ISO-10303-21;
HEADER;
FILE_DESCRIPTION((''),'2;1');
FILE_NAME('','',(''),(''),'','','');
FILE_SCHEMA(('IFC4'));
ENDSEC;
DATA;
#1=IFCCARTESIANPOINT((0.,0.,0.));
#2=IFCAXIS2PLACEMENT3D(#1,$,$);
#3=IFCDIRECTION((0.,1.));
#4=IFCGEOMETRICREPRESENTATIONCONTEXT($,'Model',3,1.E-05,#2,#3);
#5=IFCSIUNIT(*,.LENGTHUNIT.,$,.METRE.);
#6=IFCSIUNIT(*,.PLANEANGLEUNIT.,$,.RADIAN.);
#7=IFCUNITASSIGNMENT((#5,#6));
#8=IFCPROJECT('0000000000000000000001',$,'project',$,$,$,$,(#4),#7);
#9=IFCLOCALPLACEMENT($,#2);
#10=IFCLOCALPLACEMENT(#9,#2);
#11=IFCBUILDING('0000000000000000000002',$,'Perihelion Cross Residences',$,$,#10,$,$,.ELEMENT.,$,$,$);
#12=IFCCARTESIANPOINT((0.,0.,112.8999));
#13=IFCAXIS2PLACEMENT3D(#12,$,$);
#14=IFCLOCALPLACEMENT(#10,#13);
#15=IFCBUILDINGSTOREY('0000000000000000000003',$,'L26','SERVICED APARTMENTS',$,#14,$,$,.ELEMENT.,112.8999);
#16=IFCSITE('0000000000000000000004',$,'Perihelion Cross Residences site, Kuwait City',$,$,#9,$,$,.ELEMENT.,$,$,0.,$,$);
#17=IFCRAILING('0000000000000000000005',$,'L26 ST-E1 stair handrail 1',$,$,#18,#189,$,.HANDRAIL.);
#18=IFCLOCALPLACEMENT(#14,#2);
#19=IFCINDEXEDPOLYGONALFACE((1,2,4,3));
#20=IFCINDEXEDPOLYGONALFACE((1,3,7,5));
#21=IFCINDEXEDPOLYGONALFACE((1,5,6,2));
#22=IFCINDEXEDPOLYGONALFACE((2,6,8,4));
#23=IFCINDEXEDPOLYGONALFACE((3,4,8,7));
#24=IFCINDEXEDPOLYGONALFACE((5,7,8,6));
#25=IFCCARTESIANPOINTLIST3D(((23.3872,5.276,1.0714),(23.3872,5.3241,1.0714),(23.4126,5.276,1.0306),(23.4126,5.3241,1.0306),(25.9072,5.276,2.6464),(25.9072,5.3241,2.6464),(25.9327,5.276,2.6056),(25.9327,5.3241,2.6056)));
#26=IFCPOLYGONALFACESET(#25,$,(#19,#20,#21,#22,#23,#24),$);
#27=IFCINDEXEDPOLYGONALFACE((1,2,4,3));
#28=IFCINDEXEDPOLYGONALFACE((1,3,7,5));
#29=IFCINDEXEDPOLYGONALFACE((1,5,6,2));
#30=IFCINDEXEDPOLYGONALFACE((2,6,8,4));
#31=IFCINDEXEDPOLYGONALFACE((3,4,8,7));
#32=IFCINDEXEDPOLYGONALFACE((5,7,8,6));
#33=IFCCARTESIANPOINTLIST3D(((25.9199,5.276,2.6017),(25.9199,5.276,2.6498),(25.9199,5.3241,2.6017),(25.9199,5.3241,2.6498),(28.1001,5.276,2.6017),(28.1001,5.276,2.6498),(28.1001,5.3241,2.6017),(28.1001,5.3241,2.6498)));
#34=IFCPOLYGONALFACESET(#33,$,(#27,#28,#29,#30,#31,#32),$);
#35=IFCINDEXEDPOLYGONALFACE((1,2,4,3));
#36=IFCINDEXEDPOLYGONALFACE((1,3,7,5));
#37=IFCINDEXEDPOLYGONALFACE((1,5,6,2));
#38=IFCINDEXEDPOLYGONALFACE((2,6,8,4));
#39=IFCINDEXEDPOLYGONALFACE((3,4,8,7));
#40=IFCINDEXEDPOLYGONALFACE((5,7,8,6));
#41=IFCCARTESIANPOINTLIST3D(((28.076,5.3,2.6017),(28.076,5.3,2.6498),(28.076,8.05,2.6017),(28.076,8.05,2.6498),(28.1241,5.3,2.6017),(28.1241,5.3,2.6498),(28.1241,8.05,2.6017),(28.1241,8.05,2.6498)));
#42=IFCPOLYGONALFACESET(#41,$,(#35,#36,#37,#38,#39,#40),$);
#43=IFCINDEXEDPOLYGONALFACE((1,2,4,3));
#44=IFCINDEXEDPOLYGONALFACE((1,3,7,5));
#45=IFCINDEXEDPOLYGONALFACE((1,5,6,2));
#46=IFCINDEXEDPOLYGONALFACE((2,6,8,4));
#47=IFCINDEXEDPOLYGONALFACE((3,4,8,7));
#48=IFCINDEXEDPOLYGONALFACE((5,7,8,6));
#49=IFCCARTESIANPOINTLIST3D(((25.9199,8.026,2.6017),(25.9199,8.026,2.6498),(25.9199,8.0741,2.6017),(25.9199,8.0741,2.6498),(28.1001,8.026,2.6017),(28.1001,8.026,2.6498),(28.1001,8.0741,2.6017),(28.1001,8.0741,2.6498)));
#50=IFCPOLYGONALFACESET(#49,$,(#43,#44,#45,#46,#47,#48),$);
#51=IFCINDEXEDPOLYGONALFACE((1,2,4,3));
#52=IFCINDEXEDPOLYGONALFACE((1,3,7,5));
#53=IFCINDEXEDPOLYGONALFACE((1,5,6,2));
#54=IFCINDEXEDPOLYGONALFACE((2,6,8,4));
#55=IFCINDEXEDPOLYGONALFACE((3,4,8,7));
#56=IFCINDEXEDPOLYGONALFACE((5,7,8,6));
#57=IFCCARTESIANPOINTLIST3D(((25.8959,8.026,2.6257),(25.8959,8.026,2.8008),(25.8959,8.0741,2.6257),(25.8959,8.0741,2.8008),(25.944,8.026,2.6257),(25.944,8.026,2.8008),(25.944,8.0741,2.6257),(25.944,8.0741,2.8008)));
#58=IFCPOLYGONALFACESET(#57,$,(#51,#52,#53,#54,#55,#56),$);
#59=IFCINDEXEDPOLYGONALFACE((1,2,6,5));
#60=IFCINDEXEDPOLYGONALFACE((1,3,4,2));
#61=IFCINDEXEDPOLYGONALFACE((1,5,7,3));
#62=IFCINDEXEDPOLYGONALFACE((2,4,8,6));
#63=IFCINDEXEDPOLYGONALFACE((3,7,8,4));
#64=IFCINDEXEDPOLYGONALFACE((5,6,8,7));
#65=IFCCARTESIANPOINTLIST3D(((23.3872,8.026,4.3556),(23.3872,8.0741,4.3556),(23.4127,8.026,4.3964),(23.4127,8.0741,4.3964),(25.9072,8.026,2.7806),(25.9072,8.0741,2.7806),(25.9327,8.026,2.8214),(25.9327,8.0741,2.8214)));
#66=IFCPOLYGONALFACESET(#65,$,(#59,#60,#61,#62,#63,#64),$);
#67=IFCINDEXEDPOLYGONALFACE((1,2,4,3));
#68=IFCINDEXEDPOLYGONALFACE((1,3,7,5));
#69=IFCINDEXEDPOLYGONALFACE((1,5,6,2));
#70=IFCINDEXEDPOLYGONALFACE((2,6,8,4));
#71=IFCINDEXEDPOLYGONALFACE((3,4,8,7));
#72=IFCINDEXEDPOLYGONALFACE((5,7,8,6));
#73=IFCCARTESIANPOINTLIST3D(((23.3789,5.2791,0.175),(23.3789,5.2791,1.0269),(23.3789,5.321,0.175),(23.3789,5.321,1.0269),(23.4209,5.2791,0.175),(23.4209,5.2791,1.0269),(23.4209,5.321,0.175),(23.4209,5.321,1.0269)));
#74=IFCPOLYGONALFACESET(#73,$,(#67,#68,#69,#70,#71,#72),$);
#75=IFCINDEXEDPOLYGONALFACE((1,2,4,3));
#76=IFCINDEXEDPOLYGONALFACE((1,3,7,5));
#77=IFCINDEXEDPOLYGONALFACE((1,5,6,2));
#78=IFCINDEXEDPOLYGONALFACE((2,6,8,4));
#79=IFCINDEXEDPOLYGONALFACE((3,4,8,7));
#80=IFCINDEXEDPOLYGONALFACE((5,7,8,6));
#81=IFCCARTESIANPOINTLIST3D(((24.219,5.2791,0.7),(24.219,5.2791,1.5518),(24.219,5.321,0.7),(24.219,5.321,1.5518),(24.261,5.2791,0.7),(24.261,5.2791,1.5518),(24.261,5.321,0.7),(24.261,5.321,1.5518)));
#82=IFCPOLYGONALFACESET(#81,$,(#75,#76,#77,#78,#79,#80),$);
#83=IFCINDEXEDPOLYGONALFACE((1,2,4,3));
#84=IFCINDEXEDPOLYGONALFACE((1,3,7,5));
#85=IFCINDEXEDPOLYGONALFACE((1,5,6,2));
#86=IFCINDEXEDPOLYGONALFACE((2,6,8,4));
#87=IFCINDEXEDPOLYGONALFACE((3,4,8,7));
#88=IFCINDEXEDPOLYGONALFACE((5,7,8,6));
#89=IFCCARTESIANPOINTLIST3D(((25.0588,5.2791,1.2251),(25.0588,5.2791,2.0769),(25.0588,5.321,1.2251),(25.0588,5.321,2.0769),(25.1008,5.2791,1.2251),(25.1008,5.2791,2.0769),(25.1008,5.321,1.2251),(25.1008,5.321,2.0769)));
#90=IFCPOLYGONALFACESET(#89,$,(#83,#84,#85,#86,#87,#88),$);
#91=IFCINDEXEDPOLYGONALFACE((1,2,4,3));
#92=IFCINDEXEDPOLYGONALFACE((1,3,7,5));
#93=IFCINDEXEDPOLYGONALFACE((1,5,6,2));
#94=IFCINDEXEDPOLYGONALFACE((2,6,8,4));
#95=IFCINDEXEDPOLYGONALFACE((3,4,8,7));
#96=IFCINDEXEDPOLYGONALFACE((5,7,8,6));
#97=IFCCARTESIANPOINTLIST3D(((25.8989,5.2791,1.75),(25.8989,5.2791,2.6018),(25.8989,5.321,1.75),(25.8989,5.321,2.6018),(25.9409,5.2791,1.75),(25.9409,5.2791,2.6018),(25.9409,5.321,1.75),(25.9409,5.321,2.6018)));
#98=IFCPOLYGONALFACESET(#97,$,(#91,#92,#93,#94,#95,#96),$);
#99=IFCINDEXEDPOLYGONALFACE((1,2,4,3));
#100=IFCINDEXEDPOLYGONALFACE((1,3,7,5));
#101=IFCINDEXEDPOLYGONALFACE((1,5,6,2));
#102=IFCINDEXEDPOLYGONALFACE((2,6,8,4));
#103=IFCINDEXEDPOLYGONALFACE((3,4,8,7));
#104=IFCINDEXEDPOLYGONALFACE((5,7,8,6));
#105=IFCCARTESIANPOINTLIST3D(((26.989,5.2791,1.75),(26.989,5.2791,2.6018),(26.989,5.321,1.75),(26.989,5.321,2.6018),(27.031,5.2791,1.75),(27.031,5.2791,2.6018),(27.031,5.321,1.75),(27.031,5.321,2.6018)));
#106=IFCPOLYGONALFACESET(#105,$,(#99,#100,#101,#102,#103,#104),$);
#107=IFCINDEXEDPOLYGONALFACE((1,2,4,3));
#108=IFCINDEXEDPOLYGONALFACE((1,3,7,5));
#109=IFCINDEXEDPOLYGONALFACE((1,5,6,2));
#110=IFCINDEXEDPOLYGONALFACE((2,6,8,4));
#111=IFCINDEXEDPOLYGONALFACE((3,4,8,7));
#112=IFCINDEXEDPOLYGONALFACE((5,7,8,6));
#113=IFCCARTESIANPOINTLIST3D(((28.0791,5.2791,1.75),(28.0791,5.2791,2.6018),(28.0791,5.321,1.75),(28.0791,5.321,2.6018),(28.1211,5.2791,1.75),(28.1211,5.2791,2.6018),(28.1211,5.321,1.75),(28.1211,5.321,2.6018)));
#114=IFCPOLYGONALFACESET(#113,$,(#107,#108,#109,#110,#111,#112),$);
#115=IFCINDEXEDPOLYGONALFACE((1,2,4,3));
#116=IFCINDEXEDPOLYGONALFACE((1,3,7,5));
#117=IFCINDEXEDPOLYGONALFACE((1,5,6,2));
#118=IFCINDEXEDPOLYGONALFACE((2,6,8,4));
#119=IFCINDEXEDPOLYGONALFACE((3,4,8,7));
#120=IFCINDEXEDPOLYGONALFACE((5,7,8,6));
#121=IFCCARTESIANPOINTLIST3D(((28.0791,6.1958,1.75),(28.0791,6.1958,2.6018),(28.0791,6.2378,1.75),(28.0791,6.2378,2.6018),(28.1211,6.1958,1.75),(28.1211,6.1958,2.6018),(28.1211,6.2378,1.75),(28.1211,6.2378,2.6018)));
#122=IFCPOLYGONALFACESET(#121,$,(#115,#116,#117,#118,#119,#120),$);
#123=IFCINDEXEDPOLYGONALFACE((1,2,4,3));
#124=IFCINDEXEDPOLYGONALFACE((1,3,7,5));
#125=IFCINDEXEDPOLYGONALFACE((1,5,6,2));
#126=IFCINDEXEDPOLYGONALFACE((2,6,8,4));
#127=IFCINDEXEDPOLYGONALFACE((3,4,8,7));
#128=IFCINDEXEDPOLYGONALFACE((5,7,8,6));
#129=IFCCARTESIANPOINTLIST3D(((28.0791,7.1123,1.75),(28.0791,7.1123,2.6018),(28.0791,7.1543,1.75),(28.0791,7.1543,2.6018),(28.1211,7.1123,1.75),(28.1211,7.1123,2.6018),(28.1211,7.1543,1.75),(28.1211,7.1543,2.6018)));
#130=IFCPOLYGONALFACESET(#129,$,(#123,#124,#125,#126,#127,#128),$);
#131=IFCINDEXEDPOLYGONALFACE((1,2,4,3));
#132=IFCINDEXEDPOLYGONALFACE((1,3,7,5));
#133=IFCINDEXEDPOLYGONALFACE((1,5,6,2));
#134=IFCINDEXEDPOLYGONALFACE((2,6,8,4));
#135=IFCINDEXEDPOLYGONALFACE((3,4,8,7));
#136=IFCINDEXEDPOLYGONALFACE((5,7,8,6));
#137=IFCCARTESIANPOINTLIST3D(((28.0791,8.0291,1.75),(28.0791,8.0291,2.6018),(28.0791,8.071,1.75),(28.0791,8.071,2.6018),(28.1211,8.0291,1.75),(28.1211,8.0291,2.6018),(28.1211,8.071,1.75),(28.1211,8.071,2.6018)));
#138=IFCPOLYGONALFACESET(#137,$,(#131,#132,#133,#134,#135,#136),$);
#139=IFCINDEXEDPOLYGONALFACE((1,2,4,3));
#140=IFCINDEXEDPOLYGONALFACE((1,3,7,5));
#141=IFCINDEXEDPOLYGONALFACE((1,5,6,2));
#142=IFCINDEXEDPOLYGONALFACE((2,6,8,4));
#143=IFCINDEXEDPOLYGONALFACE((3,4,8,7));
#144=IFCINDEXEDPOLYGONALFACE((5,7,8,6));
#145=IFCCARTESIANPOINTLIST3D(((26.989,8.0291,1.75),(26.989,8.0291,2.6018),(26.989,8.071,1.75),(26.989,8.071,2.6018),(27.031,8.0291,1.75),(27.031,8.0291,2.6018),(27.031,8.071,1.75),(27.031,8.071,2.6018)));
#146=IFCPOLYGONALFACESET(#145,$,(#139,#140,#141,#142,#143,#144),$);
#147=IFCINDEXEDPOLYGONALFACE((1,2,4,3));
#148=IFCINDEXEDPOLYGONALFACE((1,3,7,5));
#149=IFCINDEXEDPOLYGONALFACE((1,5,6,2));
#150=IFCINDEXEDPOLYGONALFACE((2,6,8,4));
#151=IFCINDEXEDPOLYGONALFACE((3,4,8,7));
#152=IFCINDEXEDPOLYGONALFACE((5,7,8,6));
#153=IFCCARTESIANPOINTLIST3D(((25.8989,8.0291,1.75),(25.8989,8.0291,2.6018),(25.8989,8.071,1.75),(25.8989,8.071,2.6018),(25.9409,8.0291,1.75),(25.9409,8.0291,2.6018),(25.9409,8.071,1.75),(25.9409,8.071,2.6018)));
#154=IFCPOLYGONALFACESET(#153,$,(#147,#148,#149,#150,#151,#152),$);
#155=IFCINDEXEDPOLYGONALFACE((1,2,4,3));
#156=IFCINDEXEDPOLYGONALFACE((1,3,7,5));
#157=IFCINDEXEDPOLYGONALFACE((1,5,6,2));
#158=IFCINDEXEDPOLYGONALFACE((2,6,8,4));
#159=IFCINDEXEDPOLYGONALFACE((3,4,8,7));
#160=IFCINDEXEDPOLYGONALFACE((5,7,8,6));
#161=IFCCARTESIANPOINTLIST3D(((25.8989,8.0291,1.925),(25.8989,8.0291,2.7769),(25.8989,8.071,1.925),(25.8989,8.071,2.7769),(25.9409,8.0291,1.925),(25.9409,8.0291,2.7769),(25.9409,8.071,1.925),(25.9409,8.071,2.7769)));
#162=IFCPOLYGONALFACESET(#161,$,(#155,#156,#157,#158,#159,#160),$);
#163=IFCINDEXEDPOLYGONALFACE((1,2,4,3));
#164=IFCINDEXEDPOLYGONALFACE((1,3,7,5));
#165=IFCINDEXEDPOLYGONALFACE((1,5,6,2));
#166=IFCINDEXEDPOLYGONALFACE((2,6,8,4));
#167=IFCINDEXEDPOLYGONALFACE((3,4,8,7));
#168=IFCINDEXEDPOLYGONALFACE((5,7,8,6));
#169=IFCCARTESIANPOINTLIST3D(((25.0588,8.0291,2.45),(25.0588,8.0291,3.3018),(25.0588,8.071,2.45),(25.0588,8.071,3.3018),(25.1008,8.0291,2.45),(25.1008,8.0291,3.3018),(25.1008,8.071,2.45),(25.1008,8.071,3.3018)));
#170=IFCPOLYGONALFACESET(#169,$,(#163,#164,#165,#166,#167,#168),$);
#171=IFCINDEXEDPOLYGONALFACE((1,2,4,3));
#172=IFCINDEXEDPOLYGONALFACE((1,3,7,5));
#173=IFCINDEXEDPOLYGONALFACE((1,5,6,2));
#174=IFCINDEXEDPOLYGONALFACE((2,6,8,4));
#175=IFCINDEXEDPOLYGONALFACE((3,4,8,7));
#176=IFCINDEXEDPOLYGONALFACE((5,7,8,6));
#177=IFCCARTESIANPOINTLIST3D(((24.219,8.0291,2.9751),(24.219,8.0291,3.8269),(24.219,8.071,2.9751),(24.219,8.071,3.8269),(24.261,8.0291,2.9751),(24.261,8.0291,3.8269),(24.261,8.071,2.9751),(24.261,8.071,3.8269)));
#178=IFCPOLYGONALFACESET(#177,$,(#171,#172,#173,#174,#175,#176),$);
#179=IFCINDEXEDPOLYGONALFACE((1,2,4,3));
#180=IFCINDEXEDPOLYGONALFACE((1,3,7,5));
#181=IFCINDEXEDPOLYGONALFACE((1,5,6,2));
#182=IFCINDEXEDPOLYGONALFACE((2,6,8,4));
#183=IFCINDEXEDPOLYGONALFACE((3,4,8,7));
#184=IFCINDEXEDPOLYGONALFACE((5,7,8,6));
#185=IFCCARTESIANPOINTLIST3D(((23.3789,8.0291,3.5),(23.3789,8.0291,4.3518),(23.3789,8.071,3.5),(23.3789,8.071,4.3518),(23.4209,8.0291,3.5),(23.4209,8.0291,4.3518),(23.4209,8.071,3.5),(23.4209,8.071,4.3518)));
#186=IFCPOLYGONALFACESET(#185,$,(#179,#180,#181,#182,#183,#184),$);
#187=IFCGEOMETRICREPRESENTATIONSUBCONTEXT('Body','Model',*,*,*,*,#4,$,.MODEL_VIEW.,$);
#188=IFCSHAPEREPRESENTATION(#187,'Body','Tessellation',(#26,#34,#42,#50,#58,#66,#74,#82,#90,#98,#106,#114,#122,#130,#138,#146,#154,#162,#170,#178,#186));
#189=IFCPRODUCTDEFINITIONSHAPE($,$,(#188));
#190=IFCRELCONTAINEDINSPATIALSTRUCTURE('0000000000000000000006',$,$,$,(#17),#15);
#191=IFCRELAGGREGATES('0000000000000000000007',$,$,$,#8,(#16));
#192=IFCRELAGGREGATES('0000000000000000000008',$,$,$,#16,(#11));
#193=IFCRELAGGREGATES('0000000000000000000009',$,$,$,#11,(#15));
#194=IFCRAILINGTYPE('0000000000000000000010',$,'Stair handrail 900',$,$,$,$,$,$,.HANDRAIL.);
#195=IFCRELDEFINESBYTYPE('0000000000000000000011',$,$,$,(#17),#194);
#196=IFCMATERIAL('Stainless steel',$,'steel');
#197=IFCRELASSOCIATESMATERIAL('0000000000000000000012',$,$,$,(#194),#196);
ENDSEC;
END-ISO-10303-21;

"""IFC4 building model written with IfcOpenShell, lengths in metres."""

from ifc_helpers import new_model, si_unit, direction, frame, origin, origin_2d, place, context, subcontext, project, spatial, rectangle, extrude, material, type_object, element, save


model = new_model("IFC4")

# Units and contexts
model_context = context("Model", 3, precision=1e-05, world=origin(), true_north=direction((0.0, 1.0)))
body_context = subcontext(model_context, "Body", "Model", "MODEL_VIEW")
ifc_project = project(units=[si_unit("LENGTHUNIT", "METRE"), si_unit("PLANEANGLEUNIT", "RADIAN")], contexts=[model_context])

# Site, building, storey
site_placement = place(None, origin())
site = spatial("IfcSite", under=ifc_project, at=site_placement, Name="Perihelion Cross Residences site, Kuwait City", CompositionType="ELEMENT", RefElevation=0.0)
building_placement = place(site_placement, origin())
building = spatial("IfcBuilding", under=site, at=building_placement, Name="Perihelion Cross Residences", CompositionType="ELEMENT")
storey_placement = place(building_placement, frame((0.0, 0.0, 112.8999)))
storey = spatial("IfcBuildingStorey", under=building, at=storey_placement, Name="L26", Description="SERVICED APARTMENTS", CompositionType="ELEMENT", Elevation=112.8999)

# Railing
ifc_material_1 = material(Name="Stainless steel", Category="steel")
railing_type = type_object("IfcRailingType", Name="Stair handrail 900", PredefinedType="HANDRAIL", material=ifc_material_1)
railing_placement = place(storey_placement, frame((23.3999, 5.3, 0.175)))
element("IfcRailing", 1, at=railing_placement, inside=storey, type_object=railing_type, Name="L26 ST-E1 stair handrail 1", PredefinedType="HANDRAIL", context=body_context, shape_type="SweptSolid", body=[
    extrude(rectangle(XDim=0.0481, YDim=0.0481, at=origin_2d()), frame((0.0, 0.0, 0.876), z_axis=(0.848008, 0.0, 0.529984), x_axis=(0.0, 1.0, 0.0)), (0.0, 0.0, 1.0), 2.9717),
    extrude(rectangle(XDim=0.0481, YDim=0.0481, at=origin_2d()), frame((2.52, 0.0, 2.4507), z_axis=(1.0, 0.0, 0.0), x_axis=(0.0, 1.0, 0.0)), (0.0, 0.0, 1.0), 2.1802),
    extrude(rectangle(XDim=0.0481, YDim=0.0481, at=origin_2d()), frame((4.7002, 0.0, 2.4507), z_axis=(0.0, 1.0, 0.0), x_axis=(-1.0, 0.0, 0.0)), (0.0, 0.0, 1.0), 2.75),
    extrude(rectangle(XDim=0.0481, YDim=0.0481, at=origin_2d()), frame((4.7002, 2.75, 2.4507), z_axis=(-1.0, 0.0, 0.0), x_axis=(0.0, -1.0, 0.0)), (0.0, 0.0, 1.0), 2.1802),
    extrude(rectangle(XDim=0.0481, YDim=0.0481, at=origin_2d()), frame((2.52, 2.75, 2.4507), z_axis=(0.0, 0.0, 1.0), x_axis=(1.0, 0.0, 0.0)), (0.0, 0.0, 1.0), 0.175),
    extrude(rectangle(XDim=0.0481, YDim=0.0481, at=origin_2d()), frame((2.52, 2.75, 2.626), z_axis=(-0.848008, 0.0, 0.529984), x_axis=(0.0, -1.0, 0.0)), (0.0, 0.0, 1.0), 2.9717),
    extrude(rectangle(XDim=0.042, YDim=0.042, at=origin_2d()), origin(), (0.0, 0.0, 1.0), 0.8518),
    extrude(rectangle(XDim=0.042, YDim=0.042, at=origin_2d()), frame((0.8401, 0.0, 0.5249)), (0.0, 0.0, 1.0), 0.8518),
    extrude(rectangle(XDim=0.042, YDim=0.042, at=origin_2d()), frame((1.6799, 0.0, 1.05)), (0.0, 0.0, 1.0), 0.8518),
    extrude(rectangle(XDim=0.042, YDim=0.042, at=origin_2d()), frame((2.52, 0.0, 1.575)), (0.0, 0.0, 1.0), 0.8518),
    extrude(rectangle(XDim=0.042, YDim=0.042, at=origin_2d()), frame((3.6101, 0.0, 1.575)), (0.0, 0.0, 1.0), 0.8518),
    extrude(rectangle(XDim=0.042, YDim=0.042, at=origin_2d()), frame((4.7002, 0.0, 1.575)), (0.0, 0.0, 1.0), 0.8518),
    extrude(rectangle(XDim=0.042, YDim=0.042, at=origin_2d()), frame((4.7002, 0.9167, 1.575)), (0.0, 0.0, 1.0), 0.8518),
    extrude(rectangle(XDim=0.042, YDim=0.042, at=origin_2d()), frame((4.7002, 1.8333, 1.575)), (0.0, 0.0, 1.0), 0.8518),
    extrude(rectangle(XDim=0.042, YDim=0.042, at=origin_2d()), frame((4.7002, 2.75, 1.575)), (0.0, 0.0, 1.0), 0.8518),
    extrude(rectangle(XDim=0.042, YDim=0.042, at=origin_2d()), frame((3.6101, 2.75, 1.575)), (0.0, 0.0, 1.0), 0.8518),
    extrude(rectangle(XDim=0.042, YDim=0.042, at=origin_2d()), frame((2.52, 2.75, 1.575)), (0.0, 0.0, 1.0), 0.8518),
    extrude(rectangle(XDim=0.042, YDim=0.042, at=origin_2d()), frame((2.52, 2.75, 1.75)), (0.0, 0.0, 1.0), 0.8518),
    extrude(rectangle(XDim=0.042, YDim=0.042, at=origin_2d()), frame((1.6799, 2.75, 2.2749)), (0.0, 0.0, 1.0), 0.8518),
    extrude(rectangle(XDim=0.042, YDim=0.042, at=origin_2d()), frame((0.8401, 2.75, 2.8)), (0.0, 0.0, 1.0), 0.8518),
    extrude(rectangle(XDim=0.042, YDim=0.042, at=origin_2d()), frame((0.0, 2.75, 3.325)), (0.0, 0.0, 1.0), 0.8518),
])

save(model, "model.ifc")
